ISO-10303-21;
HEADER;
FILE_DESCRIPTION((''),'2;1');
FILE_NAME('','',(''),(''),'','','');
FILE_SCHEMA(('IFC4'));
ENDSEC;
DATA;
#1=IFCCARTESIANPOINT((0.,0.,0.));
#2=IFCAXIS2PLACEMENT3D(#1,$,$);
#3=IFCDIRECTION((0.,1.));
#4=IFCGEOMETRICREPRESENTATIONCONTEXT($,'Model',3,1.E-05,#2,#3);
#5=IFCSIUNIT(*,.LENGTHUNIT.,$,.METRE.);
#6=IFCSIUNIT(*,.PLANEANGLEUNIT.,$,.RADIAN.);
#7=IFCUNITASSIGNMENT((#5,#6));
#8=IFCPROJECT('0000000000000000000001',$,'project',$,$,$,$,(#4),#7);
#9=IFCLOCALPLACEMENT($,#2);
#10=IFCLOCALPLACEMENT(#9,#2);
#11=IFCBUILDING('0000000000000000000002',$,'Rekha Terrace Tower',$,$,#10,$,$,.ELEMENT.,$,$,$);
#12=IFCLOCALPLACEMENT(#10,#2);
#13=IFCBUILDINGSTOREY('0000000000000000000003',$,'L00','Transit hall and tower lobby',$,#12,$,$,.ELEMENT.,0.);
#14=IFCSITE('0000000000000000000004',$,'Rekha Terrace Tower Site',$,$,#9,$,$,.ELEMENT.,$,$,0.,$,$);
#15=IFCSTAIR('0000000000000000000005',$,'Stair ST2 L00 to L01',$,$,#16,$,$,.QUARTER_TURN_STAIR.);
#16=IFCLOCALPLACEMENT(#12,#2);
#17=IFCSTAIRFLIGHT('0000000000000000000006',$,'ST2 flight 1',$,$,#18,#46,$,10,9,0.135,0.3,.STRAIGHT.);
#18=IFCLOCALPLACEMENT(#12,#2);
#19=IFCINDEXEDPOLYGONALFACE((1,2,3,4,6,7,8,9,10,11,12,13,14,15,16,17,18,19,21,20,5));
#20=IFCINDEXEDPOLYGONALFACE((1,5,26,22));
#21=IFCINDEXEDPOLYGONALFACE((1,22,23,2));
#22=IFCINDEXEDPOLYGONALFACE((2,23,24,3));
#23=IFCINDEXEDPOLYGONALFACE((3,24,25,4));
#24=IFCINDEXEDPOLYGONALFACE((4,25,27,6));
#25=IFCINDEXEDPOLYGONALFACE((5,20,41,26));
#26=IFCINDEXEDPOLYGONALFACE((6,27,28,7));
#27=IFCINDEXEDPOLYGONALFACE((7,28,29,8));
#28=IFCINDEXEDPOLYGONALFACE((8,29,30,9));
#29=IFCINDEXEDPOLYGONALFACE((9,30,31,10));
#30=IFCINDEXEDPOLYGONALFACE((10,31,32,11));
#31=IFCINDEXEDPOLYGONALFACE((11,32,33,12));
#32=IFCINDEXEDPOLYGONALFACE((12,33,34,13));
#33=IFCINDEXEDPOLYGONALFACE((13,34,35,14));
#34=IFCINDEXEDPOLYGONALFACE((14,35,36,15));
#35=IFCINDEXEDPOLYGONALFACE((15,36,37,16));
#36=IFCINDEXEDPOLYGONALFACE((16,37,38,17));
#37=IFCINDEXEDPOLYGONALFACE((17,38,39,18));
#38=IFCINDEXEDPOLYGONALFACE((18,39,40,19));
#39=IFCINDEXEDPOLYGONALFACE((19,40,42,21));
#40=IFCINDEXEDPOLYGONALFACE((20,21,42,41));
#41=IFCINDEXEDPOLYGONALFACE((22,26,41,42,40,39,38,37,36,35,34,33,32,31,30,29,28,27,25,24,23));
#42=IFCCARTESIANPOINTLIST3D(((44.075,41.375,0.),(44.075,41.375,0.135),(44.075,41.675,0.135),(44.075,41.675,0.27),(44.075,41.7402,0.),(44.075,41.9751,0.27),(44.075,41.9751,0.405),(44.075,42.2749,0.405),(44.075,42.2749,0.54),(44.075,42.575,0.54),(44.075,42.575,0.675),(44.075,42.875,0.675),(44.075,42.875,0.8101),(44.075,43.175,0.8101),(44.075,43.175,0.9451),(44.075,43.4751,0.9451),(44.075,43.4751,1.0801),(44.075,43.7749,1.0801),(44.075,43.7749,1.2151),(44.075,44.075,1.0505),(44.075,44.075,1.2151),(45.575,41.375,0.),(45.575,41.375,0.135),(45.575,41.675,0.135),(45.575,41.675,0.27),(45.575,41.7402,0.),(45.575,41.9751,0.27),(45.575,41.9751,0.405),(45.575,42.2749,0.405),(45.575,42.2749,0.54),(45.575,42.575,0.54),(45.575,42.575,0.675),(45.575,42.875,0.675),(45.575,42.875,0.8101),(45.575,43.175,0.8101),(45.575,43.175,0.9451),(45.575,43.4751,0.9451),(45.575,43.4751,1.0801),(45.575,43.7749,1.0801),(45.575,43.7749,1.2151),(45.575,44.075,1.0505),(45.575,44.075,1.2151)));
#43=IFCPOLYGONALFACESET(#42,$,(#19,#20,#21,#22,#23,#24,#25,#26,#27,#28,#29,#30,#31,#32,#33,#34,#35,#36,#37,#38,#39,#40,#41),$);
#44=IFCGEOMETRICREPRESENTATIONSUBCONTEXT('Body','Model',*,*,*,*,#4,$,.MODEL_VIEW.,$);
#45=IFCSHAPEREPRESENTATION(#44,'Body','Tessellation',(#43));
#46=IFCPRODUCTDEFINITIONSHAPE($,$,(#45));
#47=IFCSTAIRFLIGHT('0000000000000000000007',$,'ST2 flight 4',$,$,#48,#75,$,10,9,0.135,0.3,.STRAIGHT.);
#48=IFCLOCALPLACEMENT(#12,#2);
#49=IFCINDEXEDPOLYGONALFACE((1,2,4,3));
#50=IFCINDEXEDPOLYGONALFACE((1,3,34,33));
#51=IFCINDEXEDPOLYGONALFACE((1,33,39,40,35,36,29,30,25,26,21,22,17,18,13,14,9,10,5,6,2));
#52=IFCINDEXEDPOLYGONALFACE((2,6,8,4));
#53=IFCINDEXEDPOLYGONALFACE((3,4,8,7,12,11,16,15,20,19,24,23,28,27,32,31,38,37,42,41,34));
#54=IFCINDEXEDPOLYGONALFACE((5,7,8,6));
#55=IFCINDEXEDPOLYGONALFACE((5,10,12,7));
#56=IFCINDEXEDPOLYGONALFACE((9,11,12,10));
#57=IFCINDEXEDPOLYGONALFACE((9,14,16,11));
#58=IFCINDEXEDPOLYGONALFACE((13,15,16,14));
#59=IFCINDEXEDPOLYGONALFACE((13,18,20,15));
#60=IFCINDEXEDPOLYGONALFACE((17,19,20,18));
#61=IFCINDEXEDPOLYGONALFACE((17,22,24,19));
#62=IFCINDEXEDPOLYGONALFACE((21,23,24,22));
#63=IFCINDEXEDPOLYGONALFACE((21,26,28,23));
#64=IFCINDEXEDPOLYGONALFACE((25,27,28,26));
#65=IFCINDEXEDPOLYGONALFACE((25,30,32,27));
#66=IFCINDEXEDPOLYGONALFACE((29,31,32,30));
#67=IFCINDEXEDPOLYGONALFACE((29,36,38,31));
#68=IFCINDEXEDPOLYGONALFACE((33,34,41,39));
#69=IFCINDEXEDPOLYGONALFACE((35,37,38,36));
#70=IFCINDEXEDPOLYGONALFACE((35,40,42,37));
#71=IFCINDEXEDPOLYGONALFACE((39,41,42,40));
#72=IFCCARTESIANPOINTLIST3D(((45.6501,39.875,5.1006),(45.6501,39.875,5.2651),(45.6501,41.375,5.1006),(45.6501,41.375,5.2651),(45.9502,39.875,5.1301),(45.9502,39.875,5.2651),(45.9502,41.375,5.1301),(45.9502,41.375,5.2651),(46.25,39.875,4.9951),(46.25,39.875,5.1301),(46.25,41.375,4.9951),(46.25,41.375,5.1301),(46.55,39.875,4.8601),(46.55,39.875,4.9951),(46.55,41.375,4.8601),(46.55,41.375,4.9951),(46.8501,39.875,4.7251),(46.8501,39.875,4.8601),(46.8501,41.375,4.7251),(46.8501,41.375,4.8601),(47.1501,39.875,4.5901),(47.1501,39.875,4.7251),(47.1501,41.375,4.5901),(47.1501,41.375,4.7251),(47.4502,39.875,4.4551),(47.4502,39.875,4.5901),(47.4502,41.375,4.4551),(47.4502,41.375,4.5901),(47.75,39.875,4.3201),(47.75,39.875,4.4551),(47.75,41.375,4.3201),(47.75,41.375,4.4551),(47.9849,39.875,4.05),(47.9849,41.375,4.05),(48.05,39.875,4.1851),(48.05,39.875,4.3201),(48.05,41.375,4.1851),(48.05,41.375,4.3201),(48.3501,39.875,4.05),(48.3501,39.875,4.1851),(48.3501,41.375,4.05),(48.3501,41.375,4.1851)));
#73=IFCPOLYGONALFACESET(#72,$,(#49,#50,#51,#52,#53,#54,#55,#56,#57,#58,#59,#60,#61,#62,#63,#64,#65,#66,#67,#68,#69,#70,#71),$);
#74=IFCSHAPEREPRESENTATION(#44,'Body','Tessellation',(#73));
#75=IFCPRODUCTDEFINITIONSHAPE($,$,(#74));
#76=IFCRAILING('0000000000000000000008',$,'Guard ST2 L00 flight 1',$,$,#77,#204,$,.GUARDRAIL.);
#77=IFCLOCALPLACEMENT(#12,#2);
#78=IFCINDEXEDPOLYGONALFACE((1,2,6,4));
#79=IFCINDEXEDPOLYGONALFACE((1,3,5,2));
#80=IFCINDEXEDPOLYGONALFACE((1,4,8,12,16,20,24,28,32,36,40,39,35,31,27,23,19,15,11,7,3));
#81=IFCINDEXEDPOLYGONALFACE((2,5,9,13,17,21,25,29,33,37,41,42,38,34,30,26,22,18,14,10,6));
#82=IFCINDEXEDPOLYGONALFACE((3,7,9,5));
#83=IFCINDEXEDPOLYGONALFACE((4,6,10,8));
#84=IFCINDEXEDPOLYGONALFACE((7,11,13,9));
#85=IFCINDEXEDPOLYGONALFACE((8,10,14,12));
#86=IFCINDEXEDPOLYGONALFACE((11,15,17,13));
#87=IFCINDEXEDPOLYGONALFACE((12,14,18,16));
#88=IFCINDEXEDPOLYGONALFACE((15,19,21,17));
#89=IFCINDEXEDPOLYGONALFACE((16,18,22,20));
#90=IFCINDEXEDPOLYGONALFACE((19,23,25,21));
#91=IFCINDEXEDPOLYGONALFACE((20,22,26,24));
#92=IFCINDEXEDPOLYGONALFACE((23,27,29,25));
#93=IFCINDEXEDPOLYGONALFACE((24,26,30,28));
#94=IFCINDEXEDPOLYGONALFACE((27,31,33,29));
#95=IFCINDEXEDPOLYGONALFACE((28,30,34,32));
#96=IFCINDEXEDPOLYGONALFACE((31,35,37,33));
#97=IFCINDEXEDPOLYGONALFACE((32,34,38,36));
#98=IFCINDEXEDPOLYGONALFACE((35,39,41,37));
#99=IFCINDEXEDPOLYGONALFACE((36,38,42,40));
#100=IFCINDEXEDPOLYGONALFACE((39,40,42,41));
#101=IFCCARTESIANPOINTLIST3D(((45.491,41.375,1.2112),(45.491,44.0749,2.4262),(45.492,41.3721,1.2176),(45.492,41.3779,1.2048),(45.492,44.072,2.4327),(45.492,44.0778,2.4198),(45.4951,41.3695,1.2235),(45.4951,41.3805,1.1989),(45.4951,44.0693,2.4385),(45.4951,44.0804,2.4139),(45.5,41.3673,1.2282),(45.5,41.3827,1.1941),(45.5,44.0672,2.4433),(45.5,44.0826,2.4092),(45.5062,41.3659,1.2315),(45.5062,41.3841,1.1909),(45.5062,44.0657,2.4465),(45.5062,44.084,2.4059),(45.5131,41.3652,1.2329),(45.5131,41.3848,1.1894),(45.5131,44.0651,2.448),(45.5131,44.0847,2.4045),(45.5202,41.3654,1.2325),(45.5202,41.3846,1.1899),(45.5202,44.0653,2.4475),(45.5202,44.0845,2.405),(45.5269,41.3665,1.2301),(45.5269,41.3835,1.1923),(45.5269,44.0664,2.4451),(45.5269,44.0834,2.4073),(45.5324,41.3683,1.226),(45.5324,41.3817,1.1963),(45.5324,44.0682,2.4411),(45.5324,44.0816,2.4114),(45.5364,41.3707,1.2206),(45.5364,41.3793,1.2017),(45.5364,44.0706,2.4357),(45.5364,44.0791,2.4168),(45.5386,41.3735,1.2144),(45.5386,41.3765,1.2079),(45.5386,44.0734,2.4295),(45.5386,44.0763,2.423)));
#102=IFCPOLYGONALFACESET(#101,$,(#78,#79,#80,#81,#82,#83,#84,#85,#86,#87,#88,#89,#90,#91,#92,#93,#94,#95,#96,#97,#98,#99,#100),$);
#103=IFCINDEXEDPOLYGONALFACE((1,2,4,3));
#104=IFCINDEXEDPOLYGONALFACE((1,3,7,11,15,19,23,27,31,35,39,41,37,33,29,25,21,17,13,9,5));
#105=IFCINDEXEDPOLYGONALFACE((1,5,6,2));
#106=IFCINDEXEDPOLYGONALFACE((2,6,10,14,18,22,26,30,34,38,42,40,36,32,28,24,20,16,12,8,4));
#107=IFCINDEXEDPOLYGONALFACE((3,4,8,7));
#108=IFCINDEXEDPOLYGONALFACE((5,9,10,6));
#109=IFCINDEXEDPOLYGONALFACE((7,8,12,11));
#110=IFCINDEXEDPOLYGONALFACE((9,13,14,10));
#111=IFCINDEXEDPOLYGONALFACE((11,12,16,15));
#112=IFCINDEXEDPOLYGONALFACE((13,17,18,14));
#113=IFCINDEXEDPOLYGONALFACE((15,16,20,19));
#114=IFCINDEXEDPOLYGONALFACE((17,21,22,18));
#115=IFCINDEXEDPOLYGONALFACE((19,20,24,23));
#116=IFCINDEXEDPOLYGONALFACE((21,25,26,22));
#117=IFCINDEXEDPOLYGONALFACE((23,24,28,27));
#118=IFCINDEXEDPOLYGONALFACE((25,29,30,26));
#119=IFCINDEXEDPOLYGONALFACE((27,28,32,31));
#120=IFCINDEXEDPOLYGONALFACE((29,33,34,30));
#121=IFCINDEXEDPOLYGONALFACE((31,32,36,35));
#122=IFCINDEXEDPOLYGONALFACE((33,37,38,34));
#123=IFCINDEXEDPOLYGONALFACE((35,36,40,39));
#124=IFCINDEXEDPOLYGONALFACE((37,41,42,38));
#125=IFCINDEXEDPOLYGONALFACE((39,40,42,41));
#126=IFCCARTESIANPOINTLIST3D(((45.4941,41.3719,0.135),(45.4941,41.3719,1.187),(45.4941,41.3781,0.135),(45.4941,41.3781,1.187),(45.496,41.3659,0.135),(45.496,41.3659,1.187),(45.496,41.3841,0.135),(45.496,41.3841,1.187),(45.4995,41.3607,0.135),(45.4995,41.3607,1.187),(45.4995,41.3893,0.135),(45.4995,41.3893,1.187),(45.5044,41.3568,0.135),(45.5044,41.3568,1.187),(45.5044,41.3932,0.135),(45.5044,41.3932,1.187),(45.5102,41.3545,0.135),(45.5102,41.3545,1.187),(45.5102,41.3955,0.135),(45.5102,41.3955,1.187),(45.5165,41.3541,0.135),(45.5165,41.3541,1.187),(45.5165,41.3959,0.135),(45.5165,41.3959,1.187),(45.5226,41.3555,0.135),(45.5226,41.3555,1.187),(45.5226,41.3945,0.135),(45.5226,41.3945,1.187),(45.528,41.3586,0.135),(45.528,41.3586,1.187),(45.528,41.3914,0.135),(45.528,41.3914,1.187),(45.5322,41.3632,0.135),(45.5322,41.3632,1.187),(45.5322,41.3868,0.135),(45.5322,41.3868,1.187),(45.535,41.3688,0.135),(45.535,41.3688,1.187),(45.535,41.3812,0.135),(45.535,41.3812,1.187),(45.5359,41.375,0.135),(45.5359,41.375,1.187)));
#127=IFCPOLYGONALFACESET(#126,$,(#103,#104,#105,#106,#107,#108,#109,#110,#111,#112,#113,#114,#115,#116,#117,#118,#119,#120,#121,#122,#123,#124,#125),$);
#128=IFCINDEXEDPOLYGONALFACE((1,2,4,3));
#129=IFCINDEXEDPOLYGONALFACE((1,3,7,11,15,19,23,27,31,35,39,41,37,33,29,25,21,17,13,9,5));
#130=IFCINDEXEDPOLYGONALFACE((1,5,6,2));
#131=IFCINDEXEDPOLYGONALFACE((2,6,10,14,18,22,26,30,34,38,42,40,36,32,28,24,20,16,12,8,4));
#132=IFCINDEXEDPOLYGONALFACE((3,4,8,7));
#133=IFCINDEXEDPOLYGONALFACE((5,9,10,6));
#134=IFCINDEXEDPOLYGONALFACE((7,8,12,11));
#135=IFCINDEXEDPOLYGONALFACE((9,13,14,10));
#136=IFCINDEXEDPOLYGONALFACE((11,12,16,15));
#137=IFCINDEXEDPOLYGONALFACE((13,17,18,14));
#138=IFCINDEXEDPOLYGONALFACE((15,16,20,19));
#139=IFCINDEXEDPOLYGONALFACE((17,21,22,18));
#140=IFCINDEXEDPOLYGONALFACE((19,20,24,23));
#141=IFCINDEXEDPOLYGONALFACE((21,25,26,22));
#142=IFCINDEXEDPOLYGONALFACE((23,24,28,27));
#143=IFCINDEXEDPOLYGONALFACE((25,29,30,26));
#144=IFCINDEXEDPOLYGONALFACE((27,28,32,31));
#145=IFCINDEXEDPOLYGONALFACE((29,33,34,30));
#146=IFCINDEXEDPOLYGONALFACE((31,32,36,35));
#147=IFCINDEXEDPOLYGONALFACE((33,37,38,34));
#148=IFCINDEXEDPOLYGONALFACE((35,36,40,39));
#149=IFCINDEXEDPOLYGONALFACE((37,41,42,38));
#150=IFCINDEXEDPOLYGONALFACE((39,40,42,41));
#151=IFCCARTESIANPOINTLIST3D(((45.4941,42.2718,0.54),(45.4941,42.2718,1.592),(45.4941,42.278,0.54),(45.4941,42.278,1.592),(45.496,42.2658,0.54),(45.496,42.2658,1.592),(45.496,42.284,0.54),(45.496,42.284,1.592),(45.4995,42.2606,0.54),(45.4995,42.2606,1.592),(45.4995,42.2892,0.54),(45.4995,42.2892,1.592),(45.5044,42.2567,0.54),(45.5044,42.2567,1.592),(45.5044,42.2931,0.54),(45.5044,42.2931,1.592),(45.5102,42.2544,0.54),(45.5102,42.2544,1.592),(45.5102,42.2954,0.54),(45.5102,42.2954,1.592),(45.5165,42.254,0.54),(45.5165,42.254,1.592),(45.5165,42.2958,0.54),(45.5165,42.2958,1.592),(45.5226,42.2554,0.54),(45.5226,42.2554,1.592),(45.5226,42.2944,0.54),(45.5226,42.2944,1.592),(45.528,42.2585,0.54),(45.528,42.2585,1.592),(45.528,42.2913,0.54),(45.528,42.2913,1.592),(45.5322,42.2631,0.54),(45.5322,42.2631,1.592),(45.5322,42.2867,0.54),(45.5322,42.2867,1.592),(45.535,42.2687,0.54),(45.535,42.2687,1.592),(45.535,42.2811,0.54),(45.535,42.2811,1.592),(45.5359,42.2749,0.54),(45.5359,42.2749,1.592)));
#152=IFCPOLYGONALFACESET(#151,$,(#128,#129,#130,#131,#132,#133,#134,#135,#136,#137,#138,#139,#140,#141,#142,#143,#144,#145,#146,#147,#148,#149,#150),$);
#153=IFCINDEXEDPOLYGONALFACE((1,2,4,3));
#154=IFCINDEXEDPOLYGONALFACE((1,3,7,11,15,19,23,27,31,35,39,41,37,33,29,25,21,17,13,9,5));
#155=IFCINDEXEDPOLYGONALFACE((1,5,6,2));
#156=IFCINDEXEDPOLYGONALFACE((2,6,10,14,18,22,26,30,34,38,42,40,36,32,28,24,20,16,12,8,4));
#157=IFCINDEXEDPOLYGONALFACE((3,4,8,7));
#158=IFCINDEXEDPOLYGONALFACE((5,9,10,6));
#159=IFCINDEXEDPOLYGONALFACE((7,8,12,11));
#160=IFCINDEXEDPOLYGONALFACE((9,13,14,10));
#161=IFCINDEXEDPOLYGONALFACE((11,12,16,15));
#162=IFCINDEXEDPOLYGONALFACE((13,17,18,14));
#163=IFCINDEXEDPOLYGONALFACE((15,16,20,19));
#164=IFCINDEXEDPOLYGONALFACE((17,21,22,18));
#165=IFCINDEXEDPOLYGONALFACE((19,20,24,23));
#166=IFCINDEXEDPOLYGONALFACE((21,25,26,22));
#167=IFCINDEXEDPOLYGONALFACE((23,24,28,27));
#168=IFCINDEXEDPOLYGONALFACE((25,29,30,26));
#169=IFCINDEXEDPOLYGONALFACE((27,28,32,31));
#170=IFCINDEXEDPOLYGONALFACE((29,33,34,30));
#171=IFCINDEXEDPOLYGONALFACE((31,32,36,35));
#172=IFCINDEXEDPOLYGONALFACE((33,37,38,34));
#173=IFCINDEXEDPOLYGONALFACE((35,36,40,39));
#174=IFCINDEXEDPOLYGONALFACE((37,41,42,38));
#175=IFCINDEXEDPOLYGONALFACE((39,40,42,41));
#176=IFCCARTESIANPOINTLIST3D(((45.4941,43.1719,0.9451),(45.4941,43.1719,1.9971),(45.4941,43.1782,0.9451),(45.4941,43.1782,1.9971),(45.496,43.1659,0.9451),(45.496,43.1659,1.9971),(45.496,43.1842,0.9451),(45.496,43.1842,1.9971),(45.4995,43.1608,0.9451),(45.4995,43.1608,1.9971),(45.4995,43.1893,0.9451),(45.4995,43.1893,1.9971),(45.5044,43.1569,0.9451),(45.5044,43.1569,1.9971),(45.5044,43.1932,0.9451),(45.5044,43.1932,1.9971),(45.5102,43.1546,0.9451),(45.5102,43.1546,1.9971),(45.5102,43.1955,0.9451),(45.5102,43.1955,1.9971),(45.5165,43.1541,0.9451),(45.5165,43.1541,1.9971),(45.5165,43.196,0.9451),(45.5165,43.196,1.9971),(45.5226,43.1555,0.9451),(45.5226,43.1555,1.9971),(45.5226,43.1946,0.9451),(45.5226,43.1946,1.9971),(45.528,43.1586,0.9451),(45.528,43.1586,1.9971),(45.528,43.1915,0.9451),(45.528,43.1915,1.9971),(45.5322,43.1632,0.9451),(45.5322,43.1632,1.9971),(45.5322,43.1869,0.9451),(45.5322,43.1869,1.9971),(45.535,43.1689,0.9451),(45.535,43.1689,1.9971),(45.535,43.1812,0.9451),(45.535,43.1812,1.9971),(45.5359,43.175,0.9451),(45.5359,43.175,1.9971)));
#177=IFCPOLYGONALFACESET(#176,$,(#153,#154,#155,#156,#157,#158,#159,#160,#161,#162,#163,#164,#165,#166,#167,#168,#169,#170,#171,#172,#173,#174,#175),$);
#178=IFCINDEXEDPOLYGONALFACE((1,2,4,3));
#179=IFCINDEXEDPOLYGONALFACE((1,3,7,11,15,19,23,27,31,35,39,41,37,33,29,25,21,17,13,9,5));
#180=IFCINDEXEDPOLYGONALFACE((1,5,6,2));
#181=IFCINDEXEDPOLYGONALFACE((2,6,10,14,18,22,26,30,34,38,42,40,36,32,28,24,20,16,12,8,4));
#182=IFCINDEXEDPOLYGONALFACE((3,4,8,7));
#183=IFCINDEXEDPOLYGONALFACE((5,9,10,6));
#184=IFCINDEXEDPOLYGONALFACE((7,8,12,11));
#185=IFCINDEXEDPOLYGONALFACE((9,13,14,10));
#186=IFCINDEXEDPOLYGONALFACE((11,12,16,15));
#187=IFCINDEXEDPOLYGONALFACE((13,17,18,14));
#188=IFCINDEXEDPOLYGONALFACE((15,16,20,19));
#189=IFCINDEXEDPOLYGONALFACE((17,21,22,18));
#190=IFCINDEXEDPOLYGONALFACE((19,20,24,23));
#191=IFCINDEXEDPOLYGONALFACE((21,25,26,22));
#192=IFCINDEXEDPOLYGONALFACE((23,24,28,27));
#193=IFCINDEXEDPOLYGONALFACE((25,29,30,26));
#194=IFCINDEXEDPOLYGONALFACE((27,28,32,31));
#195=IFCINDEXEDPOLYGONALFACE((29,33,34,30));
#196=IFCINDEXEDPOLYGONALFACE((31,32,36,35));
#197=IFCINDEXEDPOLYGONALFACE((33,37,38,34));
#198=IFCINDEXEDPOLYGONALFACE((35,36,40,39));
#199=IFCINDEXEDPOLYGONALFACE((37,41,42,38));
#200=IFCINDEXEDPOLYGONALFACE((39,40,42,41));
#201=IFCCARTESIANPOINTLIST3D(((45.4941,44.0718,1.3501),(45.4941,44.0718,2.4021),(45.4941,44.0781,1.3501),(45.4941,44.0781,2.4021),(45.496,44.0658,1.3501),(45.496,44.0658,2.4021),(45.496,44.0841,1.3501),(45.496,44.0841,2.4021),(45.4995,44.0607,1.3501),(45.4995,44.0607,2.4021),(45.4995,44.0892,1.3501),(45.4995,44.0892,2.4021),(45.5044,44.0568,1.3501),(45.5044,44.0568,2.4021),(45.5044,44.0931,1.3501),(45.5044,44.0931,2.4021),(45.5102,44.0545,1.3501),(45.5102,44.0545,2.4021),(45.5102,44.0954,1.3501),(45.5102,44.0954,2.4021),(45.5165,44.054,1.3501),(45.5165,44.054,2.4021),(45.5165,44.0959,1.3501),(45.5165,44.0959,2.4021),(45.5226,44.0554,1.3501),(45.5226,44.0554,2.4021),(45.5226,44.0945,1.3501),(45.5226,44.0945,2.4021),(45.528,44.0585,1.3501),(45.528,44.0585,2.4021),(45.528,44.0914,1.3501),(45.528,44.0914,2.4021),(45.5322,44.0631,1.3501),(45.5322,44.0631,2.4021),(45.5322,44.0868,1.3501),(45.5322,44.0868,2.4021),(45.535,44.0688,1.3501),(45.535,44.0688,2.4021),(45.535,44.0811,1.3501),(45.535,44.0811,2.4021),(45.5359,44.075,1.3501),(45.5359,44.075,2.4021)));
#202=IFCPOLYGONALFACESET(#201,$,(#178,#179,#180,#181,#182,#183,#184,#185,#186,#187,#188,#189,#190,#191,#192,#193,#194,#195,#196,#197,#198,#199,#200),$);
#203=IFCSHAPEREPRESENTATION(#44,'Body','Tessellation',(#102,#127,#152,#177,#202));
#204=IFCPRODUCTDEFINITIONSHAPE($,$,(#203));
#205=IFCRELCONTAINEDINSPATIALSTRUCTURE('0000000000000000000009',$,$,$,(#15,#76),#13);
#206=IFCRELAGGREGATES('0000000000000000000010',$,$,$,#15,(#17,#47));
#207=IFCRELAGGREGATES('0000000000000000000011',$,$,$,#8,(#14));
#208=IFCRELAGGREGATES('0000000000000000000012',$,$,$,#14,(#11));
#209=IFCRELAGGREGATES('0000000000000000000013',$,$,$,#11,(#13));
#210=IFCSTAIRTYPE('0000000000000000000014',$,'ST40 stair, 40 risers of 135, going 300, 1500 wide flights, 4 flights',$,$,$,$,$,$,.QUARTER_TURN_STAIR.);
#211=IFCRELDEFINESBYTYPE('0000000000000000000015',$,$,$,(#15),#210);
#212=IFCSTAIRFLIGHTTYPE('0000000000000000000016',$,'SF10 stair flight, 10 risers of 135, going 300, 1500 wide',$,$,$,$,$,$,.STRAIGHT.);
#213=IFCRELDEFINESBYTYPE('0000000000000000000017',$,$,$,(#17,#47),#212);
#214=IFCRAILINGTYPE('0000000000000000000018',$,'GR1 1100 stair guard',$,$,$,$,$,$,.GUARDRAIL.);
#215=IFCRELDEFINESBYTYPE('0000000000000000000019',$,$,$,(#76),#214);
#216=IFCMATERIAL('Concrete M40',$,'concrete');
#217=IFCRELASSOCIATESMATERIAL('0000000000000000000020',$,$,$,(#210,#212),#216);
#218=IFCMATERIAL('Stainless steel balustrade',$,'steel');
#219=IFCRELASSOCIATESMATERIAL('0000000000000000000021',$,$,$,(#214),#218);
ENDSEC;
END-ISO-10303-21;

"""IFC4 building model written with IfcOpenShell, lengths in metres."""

from ifc_helpers import new_model, si_unit, direction, frame, origin, origin_2d, place, context, subcontext, project, spatial, polyline, circle, outline, extrude, material, type_object, element, aggregate, save


model = new_model("IFC4")

# Units and contexts
model_context = context("Model", 3, precision=1e-05, world=origin(), true_north=direction((0.0, 1.0)))
body_context = subcontext(model_context, "Body", "Model", "MODEL_VIEW")
ifc_project = project(units=[si_unit("LENGTHUNIT", "METRE"), si_unit("PLANEANGLEUNIT", "RADIAN")], contexts=[model_context])

# Site, building, storey
site_placement = place(None, origin())
site = spatial("IfcSite", under=ifc_project, at=site_placement, Name="Rekha Terrace Tower Site", CompositionType="ELEMENT", RefElevation=0.0)
building_placement = place(site_placement, origin())
building = spatial("IfcBuilding", under=site, at=building_placement, Name="Rekha Terrace Tower", CompositionType="ELEMENT")
storey_placement = place(building_placement, origin())
storey = spatial("IfcBuildingStorey", under=building, at=storey_placement, Name="L00", Description="Transit hall and tower lobby", CompositionType="ELEMENT", Elevation=0.0)

# Stair, stair flights
ifc_material_1 = material(Name="Concrete M40", Category="concrete")
stair_type = type_object("IfcStairType", Name="ST40 stair, 40 risers of 135, going 300, 1500 wide flights, 4 flights", PredefinedType="QUARTER_TURN_STAIR", material=ifc_material_1)
stair_placement = place(storey_placement, origin())
stair = element("IfcStair", 1, at=stair_placement, inside=storey, type_object=stair_type, Name="Stair ST2 L00 to L01", PredefinedType="QUARTER_TURN_STAIR")
stair_flight_type = type_object("IfcStairFlightType", Name="SF10 stair flight, 10 risers of 135, going 300, 1500 wide", PredefinedType="STRAIGHT", material=ifc_material_1)
stair_flight_1_placement = place(storey_placement, frame((44.825, 41.375, 0.0), z_axis=(0.0, 0.0, 1.0), x_axis=(0.0, 1.0, 0.0)))
stair_flight_1 = element("IfcStairFlight", 2, at=stair_flight_1_placement, type_object=stair_flight_type, Name="ST2 flight 1", NumberOfRisers=10, NumberOfTreads=9, PredefinedType="STRAIGHT", RiserHeight=0.135, TreadLength=0.3, context=body_context, shape_type="SweptSolid", body=[
    extrude(outline(polyline([(0.0, 0.0), (0.0, 0.135), (0.3, 0.135), (0.3, 0.27), (0.6001, 0.27), (0.6001, 0.405), (0.8999, 0.405), (0.8999, 0.54), (1.2, 0.54), (1.2, 0.675), (1.5, 0.675), (1.5, 0.8101), (1.8, 0.8101), (1.8, 0.9451), (2.1001, 0.9451), (2.1001, 1.0801), (2.3999, 1.0801), (2.3999, 1.2151), (2.7, 1.2151), (2.7, 1.3501), (2.7, 1.0505), (0.3652, 0.0), (0.0, 0.0)])), frame((0.0, 0.75, 0.0), z_axis=(0.0, -1.0, 0.0), x_axis=(1.0, 0.0, 0.0)), (0.0, 0.0, 1.0), 1.5),
])
stair_flight_2_placement = place(storey_placement, frame((48.3501, 40.625, 4.05), z_axis=(0.0, 0.0, 1.0), x_axis=(-1.0, 0.0, 0.0)))
stair_flight_2 = element("IfcStairFlight", 3, at=stair_flight_2_placement, type_object=stair_flight_type, Name="ST2 flight 4", NumberOfRisers=10, NumberOfTreads=9, PredefinedType="STRAIGHT", RiserHeight=0.135, TreadLength=0.3, context=body_context, shape_type="SweptSolid", body=[
    extrude(outline(polyline([(0.0, 0.0), (0.0, 0.135), (0.3, 0.135), (0.3, 0.27), (0.6001, 0.27), (0.6001, 0.405), (0.8999, 0.405), (0.8999, 0.54), (1.2, 0.54), (1.2, 0.675), (1.5, 0.675), (1.5, 0.8101), (1.8, 0.8101), (1.8, 0.9451), (2.1001, 0.9451), (2.1001, 1.0801), (2.3999, 1.0801), (2.3999, 1.2151), (2.7, 1.2151), (2.7, 1.3501), (2.7, 1.0505), (0.3652, 0.0), (0.0, 0.0)])), frame((0.0, 0.75, 0.0), z_axis=(0.0, -1.0, 0.0), x_axis=(1.0, 0.0, 0.0)), (0.0, 0.0, 1.0), 1.5),
])
aggregate(stair, [stair_flight_1, stair_flight_2])

# Railing
ifc_material_2 = material(Name="Stainless steel balustrade", Category="steel")
railing_type_1 = type_object("IfcRailingType", Name="GR1 1100 stair guard", PredefinedType="GUARDRAIL", material=ifc_material_2)
railing_1_placement = place(storey_placement, frame((45.5149, 41.375, 0.135)))
element("IfcRailing", 4, at=railing_1_placement, inside=storey, type_object=railing_type_1, Name="Guard ST2 L00 flight 1", PredefinedType="GUARDRAIL", context=body_context, shape_type="SweptSolid", body=[
    extrude(circle(Radius=0.0239, at=origin_2d()), frame((0.0, 0.0, 1.0762), z_axis=(0.0, 0.911908, 0.410396), x_axis=(-1.0, 0.0, 0.0)), (0.0, 0.0, 1.0), 2.9607),
    extrude(circle(Radius=0.021, at=origin_2d()), origin(), (0.0, 0.0, 1.0), 1.052),
    extrude(circle(Radius=0.021, at=origin_2d()), frame((0.0, 0.8999, 0.405)), (0.0, 0.0, 1.0), 1.052),
    extrude(circle(Radius=0.021, at=origin_2d()), frame((0.0, 1.8, 0.8101)), (0.0, 0.0, 1.0), 1.052),
    extrude(circle(Radius=0.021, at=origin_2d()), frame((0.0, 2.7, 1.2151)), (0.0, 0.0, 1.0), 1.052),
])

save(model, "model.ifc")
